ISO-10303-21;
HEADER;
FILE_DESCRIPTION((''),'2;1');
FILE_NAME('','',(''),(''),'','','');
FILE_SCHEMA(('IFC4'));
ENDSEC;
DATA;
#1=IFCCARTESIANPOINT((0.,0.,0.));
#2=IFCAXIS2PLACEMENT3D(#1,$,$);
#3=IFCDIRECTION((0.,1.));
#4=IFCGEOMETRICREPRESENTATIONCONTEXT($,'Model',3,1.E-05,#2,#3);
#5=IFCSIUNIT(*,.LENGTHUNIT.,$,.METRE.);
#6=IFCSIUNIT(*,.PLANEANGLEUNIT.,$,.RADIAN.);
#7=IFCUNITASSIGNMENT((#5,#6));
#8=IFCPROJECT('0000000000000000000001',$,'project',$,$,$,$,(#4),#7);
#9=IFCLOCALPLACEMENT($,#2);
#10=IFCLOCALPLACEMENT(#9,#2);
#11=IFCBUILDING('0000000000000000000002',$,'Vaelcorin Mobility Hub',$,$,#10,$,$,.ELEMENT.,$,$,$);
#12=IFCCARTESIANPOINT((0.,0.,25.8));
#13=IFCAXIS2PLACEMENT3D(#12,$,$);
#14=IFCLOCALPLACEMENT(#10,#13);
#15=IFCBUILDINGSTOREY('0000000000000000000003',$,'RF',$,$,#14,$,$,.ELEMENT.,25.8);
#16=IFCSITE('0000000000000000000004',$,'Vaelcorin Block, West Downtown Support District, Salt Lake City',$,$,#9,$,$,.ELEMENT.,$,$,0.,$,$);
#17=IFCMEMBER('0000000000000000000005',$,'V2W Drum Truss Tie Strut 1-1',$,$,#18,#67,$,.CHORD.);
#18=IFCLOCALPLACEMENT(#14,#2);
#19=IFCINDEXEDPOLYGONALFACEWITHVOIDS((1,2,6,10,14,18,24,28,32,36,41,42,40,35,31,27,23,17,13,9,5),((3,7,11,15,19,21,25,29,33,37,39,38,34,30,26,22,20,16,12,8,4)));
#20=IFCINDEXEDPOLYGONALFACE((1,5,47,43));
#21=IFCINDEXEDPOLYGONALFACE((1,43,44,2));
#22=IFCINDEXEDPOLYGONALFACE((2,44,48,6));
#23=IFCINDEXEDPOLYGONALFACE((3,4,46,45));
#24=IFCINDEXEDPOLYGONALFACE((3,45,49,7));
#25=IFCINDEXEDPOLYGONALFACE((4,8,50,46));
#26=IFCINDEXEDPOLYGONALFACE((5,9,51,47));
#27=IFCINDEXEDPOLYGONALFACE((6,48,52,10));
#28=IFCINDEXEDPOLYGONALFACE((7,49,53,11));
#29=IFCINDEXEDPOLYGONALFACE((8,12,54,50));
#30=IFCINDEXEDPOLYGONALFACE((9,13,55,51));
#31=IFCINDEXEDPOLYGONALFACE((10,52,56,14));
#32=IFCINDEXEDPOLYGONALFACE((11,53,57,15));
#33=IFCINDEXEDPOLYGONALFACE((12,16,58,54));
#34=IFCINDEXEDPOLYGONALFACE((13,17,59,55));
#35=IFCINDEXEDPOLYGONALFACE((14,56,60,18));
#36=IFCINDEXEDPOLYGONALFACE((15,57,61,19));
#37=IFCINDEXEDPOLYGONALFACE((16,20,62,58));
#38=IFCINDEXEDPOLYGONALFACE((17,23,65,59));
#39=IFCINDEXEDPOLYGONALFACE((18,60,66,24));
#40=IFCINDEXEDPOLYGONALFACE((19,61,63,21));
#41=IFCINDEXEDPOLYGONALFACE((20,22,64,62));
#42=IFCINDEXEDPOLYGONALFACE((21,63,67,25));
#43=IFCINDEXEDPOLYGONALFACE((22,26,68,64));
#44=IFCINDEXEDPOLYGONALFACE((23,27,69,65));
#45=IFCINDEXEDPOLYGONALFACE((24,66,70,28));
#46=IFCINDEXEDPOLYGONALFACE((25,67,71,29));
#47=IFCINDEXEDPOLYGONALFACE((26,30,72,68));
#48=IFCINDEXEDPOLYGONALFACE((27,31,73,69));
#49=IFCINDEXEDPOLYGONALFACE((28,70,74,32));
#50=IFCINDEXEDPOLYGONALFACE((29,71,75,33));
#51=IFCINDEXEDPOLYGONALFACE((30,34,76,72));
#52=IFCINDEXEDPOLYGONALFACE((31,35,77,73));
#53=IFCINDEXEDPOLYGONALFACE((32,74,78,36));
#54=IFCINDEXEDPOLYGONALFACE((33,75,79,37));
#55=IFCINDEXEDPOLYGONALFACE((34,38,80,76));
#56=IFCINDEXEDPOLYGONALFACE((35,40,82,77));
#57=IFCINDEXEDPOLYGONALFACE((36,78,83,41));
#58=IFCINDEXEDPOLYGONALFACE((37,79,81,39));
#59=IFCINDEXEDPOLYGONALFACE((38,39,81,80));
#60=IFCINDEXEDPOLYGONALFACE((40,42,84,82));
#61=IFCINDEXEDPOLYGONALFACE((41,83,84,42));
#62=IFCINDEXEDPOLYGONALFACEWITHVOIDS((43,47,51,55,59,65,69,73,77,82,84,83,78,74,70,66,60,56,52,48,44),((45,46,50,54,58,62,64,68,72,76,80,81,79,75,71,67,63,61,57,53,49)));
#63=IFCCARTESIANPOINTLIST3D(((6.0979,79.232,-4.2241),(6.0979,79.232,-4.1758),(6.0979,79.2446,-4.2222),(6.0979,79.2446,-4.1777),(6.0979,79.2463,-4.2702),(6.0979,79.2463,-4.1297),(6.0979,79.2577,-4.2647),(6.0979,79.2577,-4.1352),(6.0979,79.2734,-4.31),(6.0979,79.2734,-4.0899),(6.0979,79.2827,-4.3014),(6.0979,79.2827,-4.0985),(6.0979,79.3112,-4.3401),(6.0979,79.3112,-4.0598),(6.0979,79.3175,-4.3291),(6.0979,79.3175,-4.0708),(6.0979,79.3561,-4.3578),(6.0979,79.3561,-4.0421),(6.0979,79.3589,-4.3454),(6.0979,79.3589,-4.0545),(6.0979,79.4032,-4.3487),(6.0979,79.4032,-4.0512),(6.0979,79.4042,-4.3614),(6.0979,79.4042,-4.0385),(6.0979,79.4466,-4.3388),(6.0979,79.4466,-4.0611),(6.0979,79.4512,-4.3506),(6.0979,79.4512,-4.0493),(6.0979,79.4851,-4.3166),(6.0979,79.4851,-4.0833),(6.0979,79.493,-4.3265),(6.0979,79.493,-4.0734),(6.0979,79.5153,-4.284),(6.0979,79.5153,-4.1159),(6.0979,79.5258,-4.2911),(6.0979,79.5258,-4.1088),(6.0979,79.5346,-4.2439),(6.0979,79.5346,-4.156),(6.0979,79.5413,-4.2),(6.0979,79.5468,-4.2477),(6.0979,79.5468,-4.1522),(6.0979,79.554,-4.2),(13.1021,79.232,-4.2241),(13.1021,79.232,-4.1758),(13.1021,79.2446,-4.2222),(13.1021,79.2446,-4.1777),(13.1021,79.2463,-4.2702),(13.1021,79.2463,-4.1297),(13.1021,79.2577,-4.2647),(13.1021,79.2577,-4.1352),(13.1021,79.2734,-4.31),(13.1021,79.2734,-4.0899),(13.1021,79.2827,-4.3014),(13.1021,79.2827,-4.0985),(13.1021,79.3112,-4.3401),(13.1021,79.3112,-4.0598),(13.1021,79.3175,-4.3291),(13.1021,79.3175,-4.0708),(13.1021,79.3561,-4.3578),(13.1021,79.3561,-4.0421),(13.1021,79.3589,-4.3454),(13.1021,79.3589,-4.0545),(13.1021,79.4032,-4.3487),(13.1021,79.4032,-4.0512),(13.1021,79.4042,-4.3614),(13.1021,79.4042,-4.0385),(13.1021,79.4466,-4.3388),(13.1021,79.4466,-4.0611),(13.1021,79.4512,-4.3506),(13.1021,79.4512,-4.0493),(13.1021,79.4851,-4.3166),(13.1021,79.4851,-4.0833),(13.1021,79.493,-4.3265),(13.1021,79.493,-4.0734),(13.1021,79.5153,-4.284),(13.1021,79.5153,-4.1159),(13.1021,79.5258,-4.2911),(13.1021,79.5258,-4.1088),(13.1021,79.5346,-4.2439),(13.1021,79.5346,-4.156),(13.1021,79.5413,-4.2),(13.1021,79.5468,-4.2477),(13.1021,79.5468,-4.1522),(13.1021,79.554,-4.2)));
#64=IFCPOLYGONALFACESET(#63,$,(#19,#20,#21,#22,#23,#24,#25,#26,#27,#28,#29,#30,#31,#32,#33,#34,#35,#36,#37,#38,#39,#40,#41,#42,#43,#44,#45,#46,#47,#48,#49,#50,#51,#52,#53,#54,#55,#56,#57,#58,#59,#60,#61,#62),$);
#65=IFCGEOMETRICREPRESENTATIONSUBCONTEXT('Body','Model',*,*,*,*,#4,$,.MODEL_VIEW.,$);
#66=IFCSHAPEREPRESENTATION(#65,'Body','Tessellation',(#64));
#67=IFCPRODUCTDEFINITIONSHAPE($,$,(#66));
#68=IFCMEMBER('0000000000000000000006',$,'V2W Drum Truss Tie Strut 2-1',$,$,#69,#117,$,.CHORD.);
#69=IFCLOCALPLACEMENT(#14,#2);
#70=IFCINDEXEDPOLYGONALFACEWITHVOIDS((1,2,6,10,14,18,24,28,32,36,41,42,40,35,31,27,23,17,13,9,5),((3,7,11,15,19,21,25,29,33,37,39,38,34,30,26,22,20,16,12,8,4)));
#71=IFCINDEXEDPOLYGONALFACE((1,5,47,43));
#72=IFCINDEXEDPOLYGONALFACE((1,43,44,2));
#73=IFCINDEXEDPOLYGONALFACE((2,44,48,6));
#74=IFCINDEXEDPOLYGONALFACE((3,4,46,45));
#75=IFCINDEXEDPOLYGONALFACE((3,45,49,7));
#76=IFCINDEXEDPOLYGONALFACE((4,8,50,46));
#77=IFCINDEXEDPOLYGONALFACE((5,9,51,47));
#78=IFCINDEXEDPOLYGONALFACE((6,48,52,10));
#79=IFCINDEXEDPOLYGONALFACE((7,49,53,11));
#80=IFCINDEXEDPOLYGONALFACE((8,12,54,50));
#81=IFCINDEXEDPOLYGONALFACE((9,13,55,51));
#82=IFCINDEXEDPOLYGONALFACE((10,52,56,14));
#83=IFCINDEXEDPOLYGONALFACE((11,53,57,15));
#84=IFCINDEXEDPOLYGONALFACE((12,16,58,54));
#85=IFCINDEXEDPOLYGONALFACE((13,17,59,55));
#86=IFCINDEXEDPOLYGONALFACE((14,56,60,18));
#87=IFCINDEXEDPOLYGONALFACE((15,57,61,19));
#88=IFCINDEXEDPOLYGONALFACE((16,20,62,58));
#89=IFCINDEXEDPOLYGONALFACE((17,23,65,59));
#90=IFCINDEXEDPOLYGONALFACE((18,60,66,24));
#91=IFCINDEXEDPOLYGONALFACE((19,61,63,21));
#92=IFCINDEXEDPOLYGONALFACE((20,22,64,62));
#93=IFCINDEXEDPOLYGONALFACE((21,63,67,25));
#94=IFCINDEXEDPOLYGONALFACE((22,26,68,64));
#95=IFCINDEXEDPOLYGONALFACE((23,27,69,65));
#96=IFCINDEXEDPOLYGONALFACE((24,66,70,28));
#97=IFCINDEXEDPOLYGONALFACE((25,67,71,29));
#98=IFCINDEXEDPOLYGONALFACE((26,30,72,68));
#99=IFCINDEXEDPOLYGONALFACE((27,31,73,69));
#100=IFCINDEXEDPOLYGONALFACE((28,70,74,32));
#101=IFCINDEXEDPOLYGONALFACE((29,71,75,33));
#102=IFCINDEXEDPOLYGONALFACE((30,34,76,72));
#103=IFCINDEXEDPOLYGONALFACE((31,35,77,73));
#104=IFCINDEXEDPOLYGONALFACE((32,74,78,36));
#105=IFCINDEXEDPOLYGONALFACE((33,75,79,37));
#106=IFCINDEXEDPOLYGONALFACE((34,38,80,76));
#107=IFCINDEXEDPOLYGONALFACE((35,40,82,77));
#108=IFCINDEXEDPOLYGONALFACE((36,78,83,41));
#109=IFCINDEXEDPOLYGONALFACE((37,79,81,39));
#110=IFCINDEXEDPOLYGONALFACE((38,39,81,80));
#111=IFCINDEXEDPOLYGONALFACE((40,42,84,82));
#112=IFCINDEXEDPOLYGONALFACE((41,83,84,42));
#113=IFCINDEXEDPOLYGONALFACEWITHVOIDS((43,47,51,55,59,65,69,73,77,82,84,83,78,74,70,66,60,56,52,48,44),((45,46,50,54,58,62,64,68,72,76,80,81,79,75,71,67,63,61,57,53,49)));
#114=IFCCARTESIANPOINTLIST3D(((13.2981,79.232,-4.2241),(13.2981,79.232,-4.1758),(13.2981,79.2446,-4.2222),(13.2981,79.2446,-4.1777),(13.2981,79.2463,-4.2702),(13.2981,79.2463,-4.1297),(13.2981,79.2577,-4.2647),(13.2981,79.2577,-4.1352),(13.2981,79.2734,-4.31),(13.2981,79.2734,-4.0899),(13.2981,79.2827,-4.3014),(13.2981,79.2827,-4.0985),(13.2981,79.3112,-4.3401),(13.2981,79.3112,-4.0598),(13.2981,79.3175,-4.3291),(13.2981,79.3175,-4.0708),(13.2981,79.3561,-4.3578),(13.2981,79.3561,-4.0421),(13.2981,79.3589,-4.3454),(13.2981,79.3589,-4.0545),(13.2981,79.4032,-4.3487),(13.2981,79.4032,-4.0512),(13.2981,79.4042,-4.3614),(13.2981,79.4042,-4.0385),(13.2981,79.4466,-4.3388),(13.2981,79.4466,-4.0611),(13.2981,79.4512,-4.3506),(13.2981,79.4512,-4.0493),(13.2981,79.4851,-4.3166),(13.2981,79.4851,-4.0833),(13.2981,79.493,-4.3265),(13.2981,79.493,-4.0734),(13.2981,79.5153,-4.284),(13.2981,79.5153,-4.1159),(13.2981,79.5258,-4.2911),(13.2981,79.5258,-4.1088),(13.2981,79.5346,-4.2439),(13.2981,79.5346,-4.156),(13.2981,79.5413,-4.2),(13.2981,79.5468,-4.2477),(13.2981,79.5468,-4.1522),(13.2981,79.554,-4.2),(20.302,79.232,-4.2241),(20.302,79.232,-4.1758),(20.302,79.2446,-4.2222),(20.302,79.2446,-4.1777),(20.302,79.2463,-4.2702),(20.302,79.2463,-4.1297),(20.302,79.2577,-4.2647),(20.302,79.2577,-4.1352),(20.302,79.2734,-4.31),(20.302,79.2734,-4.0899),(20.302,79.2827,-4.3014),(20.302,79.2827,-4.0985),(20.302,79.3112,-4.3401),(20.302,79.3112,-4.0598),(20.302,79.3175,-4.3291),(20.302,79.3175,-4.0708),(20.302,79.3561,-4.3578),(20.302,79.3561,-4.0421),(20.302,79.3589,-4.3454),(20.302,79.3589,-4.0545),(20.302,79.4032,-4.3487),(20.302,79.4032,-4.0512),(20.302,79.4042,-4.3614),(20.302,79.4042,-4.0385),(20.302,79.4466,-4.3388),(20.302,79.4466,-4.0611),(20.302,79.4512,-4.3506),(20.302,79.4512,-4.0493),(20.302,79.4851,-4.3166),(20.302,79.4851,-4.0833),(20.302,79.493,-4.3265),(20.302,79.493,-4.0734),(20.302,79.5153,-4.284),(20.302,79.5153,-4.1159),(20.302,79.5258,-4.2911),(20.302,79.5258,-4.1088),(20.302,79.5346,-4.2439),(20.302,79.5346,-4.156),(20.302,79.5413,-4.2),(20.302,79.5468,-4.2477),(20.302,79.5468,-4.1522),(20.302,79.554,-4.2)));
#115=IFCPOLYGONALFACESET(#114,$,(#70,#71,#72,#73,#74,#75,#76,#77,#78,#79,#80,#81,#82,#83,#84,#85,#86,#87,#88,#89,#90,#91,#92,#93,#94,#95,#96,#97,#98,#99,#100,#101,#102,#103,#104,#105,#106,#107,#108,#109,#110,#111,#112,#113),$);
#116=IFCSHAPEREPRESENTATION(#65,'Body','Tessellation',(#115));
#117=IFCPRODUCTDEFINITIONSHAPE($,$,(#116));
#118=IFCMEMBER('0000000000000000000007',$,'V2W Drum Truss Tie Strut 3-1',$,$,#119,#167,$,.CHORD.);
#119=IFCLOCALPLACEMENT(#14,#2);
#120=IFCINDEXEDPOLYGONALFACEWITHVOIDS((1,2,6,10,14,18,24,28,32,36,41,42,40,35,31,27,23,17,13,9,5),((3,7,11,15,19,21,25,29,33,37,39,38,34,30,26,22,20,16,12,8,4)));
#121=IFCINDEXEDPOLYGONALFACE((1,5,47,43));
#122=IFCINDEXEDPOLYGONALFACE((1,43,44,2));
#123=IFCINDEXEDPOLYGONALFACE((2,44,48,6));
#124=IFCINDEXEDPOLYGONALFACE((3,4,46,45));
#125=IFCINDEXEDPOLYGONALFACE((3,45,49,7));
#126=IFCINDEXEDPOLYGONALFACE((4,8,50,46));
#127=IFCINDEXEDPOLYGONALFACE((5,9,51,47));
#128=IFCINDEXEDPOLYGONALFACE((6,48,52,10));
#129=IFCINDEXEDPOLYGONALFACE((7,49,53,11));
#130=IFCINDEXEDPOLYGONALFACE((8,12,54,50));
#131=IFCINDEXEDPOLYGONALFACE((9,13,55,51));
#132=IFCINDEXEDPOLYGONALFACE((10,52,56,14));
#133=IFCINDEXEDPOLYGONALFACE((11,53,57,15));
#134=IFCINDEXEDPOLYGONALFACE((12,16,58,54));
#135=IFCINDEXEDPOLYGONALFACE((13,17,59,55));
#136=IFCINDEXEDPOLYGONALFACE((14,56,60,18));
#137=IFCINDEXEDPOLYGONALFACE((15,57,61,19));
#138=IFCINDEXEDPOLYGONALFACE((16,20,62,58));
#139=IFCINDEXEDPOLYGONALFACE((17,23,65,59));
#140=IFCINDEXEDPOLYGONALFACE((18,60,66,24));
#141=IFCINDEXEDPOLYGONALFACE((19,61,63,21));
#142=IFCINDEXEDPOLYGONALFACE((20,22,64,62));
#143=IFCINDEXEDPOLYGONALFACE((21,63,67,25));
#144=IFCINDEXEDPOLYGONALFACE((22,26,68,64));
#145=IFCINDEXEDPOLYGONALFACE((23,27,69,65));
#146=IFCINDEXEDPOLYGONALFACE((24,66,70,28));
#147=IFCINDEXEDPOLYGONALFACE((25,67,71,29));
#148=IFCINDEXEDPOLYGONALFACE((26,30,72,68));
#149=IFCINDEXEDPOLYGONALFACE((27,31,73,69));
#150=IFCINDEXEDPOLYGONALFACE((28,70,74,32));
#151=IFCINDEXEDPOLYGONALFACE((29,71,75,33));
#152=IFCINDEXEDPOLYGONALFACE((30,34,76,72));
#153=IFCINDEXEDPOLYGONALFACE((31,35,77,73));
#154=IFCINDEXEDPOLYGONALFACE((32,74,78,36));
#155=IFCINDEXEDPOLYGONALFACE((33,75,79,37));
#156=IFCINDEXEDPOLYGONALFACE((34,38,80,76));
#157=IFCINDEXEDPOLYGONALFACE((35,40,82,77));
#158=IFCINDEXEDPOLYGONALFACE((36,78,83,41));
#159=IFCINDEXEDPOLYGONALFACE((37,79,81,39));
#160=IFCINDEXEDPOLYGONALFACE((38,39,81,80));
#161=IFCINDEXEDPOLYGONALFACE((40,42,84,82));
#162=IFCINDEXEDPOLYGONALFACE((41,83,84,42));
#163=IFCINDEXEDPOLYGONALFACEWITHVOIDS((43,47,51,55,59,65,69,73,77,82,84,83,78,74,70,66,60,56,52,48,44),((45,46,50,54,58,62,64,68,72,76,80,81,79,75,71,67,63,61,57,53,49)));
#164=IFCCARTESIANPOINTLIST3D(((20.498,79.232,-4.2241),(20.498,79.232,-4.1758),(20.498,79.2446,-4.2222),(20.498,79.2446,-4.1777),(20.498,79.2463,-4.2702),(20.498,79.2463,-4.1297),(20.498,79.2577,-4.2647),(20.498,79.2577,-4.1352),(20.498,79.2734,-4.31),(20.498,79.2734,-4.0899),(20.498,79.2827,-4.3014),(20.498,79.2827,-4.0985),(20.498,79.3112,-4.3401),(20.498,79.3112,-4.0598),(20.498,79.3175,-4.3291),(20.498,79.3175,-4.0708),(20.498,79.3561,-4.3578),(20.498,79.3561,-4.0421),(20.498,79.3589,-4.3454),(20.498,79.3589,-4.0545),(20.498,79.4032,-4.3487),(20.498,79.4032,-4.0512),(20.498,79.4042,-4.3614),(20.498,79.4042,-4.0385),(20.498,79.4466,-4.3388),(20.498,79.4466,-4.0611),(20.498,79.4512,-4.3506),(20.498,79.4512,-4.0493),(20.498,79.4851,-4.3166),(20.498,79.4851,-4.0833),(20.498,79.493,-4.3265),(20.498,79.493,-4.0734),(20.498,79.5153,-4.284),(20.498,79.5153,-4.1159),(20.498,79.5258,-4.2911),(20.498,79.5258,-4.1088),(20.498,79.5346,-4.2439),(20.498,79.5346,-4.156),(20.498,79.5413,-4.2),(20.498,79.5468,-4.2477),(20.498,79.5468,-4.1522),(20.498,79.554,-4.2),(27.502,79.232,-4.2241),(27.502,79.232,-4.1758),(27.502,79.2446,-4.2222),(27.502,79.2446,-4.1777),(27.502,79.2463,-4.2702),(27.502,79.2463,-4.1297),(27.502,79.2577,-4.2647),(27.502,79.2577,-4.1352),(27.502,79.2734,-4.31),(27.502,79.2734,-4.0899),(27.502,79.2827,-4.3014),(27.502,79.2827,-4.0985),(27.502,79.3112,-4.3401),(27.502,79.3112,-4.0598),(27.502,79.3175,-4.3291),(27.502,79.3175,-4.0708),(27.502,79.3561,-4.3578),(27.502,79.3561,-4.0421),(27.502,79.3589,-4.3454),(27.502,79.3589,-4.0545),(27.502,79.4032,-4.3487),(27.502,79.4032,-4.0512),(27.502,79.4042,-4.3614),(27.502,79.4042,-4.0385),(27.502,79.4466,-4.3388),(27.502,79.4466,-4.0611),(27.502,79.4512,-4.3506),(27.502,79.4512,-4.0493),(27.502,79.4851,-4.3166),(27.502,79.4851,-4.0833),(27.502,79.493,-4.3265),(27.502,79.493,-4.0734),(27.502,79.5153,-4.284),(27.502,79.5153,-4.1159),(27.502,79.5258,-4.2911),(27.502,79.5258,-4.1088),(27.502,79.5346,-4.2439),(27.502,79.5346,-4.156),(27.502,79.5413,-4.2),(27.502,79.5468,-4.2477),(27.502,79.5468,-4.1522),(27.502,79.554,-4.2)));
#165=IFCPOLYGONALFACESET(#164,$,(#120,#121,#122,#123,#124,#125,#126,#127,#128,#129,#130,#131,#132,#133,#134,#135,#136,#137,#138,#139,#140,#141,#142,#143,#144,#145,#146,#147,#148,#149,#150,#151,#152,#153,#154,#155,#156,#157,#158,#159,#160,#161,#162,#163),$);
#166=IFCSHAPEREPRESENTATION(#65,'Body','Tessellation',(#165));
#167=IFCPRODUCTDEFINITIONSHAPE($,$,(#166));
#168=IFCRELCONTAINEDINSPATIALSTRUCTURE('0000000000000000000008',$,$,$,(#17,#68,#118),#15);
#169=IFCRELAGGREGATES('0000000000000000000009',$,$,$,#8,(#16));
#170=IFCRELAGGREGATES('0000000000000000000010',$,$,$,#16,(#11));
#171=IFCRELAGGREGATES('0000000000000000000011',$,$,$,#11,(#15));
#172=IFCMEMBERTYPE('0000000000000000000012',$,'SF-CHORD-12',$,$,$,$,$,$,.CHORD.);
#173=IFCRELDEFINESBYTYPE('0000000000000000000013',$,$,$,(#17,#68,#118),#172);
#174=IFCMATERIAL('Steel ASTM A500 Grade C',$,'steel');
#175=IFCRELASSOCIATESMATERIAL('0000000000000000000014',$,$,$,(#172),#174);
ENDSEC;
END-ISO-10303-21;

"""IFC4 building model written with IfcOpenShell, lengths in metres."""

from ifc_helpers import new_model, si_unit, direction, frame, origin, origin_2d, place, context, subcontext, project, spatial, hollow_circle, extrude, material, material_profile, profile_set, type_object, element, save


model = new_model("IFC4")

# Units and contexts
model_context = context("Model", 3, precision=1e-05, world=origin(), true_north=direction((0.0, 1.0)))
body_context = subcontext(model_context, "Body", "Model", "MODEL_VIEW")
ifc_project = project(units=[si_unit("LENGTHUNIT", "METRE"), si_unit("PLANEANGLEUNIT", "RADIAN")], contexts=[model_context])

# Site, building, storey
site_placement = place(None, origin())
site = spatial("IfcSite", under=ifc_project, at=site_placement, Name="Vaelcorin Block, West Downtown Support District, Salt Lake City", CompositionType="ELEMENT", RefElevation=0.0)
building_placement = place(site_placement, origin())
building = spatial("IfcBuilding", under=site, at=building_placement, Name="Vaelcorin Mobility Hub", CompositionType="ELEMENT")
storey_placement = place(building_placement, frame((0.0, 0.0, 25.8)))
storey = spatial("IfcBuildingStorey", under=building, at=storey_placement, Name="RF", CompositionType="ELEMENT", Elevation=25.8)

# Members
ifc_material_1 = material(Name="Steel ASTM A500 Grade C", Category="steel")
ifc_material_profile_1 = material_profile(ifc_material_1, hollow_circle(Radius=0.1619, WallThickness=0.0127, at=origin_2d()), Name="HSS12.750X0.500")
ifc_profile_set_1 = profile_set([ifc_material_profile_1], Name="Steel ASTM A500 Grade C")
member_type_1 = type_object("IfcMemberType", Name="SF-CHORD-12", PredefinedType="CHORD", material=ifc_profile_set_1)
member_placement = place(storey_placement, frame((6.0979, 79.3921, -4.2), z_axis=(1.0, 0.0, 0.0), x_axis=(0.0, 1.0, 0.0)))
element("IfcMember", 1, at=member_placement, inside=storey, type_object=member_type_1, Name="V2W Drum Truss Tie Strut 1-1", PredefinedType="CHORD", context=body_context, shape_type="SweptSolid", body=[
    extrude(hollow_circle(Radius=0.1619, WallThickness=0.0127, at=origin_2d()), origin(), (0.0, 0.0, 1.0), 7.0042),
])
for number, where, z_axis, x_axis, name in (
    (2, (13.2981, 79.3921, -4.2), (1.0, 0.0, 0.0), (0.0, 1.0, 0.0), "V2W Drum Truss Tie Strut 2-1"),
    (3, (20.498, 79.3921, -4.2), (1.0, 0.0, 0.0), (0.0, 1.0, 0.0), "V2W Drum Truss Tie Strut 3-1"),
):
    element("IfcMember", number, at=place(storey_placement, frame(where, z_axis=z_axis, x_axis=x_axis)), inside=storey, type_object=member_type_1, Name=name, PredefinedType="CHORD", context=body_context, shape_type="SweptSolid", body=[
        extrude(hollow_circle(Radius=0.1619, WallThickness=0.0127, at=origin_2d()), origin(), (0.0, 0.0, 1.0), 7.0039),
    ])

save(model, "model.ifc")
